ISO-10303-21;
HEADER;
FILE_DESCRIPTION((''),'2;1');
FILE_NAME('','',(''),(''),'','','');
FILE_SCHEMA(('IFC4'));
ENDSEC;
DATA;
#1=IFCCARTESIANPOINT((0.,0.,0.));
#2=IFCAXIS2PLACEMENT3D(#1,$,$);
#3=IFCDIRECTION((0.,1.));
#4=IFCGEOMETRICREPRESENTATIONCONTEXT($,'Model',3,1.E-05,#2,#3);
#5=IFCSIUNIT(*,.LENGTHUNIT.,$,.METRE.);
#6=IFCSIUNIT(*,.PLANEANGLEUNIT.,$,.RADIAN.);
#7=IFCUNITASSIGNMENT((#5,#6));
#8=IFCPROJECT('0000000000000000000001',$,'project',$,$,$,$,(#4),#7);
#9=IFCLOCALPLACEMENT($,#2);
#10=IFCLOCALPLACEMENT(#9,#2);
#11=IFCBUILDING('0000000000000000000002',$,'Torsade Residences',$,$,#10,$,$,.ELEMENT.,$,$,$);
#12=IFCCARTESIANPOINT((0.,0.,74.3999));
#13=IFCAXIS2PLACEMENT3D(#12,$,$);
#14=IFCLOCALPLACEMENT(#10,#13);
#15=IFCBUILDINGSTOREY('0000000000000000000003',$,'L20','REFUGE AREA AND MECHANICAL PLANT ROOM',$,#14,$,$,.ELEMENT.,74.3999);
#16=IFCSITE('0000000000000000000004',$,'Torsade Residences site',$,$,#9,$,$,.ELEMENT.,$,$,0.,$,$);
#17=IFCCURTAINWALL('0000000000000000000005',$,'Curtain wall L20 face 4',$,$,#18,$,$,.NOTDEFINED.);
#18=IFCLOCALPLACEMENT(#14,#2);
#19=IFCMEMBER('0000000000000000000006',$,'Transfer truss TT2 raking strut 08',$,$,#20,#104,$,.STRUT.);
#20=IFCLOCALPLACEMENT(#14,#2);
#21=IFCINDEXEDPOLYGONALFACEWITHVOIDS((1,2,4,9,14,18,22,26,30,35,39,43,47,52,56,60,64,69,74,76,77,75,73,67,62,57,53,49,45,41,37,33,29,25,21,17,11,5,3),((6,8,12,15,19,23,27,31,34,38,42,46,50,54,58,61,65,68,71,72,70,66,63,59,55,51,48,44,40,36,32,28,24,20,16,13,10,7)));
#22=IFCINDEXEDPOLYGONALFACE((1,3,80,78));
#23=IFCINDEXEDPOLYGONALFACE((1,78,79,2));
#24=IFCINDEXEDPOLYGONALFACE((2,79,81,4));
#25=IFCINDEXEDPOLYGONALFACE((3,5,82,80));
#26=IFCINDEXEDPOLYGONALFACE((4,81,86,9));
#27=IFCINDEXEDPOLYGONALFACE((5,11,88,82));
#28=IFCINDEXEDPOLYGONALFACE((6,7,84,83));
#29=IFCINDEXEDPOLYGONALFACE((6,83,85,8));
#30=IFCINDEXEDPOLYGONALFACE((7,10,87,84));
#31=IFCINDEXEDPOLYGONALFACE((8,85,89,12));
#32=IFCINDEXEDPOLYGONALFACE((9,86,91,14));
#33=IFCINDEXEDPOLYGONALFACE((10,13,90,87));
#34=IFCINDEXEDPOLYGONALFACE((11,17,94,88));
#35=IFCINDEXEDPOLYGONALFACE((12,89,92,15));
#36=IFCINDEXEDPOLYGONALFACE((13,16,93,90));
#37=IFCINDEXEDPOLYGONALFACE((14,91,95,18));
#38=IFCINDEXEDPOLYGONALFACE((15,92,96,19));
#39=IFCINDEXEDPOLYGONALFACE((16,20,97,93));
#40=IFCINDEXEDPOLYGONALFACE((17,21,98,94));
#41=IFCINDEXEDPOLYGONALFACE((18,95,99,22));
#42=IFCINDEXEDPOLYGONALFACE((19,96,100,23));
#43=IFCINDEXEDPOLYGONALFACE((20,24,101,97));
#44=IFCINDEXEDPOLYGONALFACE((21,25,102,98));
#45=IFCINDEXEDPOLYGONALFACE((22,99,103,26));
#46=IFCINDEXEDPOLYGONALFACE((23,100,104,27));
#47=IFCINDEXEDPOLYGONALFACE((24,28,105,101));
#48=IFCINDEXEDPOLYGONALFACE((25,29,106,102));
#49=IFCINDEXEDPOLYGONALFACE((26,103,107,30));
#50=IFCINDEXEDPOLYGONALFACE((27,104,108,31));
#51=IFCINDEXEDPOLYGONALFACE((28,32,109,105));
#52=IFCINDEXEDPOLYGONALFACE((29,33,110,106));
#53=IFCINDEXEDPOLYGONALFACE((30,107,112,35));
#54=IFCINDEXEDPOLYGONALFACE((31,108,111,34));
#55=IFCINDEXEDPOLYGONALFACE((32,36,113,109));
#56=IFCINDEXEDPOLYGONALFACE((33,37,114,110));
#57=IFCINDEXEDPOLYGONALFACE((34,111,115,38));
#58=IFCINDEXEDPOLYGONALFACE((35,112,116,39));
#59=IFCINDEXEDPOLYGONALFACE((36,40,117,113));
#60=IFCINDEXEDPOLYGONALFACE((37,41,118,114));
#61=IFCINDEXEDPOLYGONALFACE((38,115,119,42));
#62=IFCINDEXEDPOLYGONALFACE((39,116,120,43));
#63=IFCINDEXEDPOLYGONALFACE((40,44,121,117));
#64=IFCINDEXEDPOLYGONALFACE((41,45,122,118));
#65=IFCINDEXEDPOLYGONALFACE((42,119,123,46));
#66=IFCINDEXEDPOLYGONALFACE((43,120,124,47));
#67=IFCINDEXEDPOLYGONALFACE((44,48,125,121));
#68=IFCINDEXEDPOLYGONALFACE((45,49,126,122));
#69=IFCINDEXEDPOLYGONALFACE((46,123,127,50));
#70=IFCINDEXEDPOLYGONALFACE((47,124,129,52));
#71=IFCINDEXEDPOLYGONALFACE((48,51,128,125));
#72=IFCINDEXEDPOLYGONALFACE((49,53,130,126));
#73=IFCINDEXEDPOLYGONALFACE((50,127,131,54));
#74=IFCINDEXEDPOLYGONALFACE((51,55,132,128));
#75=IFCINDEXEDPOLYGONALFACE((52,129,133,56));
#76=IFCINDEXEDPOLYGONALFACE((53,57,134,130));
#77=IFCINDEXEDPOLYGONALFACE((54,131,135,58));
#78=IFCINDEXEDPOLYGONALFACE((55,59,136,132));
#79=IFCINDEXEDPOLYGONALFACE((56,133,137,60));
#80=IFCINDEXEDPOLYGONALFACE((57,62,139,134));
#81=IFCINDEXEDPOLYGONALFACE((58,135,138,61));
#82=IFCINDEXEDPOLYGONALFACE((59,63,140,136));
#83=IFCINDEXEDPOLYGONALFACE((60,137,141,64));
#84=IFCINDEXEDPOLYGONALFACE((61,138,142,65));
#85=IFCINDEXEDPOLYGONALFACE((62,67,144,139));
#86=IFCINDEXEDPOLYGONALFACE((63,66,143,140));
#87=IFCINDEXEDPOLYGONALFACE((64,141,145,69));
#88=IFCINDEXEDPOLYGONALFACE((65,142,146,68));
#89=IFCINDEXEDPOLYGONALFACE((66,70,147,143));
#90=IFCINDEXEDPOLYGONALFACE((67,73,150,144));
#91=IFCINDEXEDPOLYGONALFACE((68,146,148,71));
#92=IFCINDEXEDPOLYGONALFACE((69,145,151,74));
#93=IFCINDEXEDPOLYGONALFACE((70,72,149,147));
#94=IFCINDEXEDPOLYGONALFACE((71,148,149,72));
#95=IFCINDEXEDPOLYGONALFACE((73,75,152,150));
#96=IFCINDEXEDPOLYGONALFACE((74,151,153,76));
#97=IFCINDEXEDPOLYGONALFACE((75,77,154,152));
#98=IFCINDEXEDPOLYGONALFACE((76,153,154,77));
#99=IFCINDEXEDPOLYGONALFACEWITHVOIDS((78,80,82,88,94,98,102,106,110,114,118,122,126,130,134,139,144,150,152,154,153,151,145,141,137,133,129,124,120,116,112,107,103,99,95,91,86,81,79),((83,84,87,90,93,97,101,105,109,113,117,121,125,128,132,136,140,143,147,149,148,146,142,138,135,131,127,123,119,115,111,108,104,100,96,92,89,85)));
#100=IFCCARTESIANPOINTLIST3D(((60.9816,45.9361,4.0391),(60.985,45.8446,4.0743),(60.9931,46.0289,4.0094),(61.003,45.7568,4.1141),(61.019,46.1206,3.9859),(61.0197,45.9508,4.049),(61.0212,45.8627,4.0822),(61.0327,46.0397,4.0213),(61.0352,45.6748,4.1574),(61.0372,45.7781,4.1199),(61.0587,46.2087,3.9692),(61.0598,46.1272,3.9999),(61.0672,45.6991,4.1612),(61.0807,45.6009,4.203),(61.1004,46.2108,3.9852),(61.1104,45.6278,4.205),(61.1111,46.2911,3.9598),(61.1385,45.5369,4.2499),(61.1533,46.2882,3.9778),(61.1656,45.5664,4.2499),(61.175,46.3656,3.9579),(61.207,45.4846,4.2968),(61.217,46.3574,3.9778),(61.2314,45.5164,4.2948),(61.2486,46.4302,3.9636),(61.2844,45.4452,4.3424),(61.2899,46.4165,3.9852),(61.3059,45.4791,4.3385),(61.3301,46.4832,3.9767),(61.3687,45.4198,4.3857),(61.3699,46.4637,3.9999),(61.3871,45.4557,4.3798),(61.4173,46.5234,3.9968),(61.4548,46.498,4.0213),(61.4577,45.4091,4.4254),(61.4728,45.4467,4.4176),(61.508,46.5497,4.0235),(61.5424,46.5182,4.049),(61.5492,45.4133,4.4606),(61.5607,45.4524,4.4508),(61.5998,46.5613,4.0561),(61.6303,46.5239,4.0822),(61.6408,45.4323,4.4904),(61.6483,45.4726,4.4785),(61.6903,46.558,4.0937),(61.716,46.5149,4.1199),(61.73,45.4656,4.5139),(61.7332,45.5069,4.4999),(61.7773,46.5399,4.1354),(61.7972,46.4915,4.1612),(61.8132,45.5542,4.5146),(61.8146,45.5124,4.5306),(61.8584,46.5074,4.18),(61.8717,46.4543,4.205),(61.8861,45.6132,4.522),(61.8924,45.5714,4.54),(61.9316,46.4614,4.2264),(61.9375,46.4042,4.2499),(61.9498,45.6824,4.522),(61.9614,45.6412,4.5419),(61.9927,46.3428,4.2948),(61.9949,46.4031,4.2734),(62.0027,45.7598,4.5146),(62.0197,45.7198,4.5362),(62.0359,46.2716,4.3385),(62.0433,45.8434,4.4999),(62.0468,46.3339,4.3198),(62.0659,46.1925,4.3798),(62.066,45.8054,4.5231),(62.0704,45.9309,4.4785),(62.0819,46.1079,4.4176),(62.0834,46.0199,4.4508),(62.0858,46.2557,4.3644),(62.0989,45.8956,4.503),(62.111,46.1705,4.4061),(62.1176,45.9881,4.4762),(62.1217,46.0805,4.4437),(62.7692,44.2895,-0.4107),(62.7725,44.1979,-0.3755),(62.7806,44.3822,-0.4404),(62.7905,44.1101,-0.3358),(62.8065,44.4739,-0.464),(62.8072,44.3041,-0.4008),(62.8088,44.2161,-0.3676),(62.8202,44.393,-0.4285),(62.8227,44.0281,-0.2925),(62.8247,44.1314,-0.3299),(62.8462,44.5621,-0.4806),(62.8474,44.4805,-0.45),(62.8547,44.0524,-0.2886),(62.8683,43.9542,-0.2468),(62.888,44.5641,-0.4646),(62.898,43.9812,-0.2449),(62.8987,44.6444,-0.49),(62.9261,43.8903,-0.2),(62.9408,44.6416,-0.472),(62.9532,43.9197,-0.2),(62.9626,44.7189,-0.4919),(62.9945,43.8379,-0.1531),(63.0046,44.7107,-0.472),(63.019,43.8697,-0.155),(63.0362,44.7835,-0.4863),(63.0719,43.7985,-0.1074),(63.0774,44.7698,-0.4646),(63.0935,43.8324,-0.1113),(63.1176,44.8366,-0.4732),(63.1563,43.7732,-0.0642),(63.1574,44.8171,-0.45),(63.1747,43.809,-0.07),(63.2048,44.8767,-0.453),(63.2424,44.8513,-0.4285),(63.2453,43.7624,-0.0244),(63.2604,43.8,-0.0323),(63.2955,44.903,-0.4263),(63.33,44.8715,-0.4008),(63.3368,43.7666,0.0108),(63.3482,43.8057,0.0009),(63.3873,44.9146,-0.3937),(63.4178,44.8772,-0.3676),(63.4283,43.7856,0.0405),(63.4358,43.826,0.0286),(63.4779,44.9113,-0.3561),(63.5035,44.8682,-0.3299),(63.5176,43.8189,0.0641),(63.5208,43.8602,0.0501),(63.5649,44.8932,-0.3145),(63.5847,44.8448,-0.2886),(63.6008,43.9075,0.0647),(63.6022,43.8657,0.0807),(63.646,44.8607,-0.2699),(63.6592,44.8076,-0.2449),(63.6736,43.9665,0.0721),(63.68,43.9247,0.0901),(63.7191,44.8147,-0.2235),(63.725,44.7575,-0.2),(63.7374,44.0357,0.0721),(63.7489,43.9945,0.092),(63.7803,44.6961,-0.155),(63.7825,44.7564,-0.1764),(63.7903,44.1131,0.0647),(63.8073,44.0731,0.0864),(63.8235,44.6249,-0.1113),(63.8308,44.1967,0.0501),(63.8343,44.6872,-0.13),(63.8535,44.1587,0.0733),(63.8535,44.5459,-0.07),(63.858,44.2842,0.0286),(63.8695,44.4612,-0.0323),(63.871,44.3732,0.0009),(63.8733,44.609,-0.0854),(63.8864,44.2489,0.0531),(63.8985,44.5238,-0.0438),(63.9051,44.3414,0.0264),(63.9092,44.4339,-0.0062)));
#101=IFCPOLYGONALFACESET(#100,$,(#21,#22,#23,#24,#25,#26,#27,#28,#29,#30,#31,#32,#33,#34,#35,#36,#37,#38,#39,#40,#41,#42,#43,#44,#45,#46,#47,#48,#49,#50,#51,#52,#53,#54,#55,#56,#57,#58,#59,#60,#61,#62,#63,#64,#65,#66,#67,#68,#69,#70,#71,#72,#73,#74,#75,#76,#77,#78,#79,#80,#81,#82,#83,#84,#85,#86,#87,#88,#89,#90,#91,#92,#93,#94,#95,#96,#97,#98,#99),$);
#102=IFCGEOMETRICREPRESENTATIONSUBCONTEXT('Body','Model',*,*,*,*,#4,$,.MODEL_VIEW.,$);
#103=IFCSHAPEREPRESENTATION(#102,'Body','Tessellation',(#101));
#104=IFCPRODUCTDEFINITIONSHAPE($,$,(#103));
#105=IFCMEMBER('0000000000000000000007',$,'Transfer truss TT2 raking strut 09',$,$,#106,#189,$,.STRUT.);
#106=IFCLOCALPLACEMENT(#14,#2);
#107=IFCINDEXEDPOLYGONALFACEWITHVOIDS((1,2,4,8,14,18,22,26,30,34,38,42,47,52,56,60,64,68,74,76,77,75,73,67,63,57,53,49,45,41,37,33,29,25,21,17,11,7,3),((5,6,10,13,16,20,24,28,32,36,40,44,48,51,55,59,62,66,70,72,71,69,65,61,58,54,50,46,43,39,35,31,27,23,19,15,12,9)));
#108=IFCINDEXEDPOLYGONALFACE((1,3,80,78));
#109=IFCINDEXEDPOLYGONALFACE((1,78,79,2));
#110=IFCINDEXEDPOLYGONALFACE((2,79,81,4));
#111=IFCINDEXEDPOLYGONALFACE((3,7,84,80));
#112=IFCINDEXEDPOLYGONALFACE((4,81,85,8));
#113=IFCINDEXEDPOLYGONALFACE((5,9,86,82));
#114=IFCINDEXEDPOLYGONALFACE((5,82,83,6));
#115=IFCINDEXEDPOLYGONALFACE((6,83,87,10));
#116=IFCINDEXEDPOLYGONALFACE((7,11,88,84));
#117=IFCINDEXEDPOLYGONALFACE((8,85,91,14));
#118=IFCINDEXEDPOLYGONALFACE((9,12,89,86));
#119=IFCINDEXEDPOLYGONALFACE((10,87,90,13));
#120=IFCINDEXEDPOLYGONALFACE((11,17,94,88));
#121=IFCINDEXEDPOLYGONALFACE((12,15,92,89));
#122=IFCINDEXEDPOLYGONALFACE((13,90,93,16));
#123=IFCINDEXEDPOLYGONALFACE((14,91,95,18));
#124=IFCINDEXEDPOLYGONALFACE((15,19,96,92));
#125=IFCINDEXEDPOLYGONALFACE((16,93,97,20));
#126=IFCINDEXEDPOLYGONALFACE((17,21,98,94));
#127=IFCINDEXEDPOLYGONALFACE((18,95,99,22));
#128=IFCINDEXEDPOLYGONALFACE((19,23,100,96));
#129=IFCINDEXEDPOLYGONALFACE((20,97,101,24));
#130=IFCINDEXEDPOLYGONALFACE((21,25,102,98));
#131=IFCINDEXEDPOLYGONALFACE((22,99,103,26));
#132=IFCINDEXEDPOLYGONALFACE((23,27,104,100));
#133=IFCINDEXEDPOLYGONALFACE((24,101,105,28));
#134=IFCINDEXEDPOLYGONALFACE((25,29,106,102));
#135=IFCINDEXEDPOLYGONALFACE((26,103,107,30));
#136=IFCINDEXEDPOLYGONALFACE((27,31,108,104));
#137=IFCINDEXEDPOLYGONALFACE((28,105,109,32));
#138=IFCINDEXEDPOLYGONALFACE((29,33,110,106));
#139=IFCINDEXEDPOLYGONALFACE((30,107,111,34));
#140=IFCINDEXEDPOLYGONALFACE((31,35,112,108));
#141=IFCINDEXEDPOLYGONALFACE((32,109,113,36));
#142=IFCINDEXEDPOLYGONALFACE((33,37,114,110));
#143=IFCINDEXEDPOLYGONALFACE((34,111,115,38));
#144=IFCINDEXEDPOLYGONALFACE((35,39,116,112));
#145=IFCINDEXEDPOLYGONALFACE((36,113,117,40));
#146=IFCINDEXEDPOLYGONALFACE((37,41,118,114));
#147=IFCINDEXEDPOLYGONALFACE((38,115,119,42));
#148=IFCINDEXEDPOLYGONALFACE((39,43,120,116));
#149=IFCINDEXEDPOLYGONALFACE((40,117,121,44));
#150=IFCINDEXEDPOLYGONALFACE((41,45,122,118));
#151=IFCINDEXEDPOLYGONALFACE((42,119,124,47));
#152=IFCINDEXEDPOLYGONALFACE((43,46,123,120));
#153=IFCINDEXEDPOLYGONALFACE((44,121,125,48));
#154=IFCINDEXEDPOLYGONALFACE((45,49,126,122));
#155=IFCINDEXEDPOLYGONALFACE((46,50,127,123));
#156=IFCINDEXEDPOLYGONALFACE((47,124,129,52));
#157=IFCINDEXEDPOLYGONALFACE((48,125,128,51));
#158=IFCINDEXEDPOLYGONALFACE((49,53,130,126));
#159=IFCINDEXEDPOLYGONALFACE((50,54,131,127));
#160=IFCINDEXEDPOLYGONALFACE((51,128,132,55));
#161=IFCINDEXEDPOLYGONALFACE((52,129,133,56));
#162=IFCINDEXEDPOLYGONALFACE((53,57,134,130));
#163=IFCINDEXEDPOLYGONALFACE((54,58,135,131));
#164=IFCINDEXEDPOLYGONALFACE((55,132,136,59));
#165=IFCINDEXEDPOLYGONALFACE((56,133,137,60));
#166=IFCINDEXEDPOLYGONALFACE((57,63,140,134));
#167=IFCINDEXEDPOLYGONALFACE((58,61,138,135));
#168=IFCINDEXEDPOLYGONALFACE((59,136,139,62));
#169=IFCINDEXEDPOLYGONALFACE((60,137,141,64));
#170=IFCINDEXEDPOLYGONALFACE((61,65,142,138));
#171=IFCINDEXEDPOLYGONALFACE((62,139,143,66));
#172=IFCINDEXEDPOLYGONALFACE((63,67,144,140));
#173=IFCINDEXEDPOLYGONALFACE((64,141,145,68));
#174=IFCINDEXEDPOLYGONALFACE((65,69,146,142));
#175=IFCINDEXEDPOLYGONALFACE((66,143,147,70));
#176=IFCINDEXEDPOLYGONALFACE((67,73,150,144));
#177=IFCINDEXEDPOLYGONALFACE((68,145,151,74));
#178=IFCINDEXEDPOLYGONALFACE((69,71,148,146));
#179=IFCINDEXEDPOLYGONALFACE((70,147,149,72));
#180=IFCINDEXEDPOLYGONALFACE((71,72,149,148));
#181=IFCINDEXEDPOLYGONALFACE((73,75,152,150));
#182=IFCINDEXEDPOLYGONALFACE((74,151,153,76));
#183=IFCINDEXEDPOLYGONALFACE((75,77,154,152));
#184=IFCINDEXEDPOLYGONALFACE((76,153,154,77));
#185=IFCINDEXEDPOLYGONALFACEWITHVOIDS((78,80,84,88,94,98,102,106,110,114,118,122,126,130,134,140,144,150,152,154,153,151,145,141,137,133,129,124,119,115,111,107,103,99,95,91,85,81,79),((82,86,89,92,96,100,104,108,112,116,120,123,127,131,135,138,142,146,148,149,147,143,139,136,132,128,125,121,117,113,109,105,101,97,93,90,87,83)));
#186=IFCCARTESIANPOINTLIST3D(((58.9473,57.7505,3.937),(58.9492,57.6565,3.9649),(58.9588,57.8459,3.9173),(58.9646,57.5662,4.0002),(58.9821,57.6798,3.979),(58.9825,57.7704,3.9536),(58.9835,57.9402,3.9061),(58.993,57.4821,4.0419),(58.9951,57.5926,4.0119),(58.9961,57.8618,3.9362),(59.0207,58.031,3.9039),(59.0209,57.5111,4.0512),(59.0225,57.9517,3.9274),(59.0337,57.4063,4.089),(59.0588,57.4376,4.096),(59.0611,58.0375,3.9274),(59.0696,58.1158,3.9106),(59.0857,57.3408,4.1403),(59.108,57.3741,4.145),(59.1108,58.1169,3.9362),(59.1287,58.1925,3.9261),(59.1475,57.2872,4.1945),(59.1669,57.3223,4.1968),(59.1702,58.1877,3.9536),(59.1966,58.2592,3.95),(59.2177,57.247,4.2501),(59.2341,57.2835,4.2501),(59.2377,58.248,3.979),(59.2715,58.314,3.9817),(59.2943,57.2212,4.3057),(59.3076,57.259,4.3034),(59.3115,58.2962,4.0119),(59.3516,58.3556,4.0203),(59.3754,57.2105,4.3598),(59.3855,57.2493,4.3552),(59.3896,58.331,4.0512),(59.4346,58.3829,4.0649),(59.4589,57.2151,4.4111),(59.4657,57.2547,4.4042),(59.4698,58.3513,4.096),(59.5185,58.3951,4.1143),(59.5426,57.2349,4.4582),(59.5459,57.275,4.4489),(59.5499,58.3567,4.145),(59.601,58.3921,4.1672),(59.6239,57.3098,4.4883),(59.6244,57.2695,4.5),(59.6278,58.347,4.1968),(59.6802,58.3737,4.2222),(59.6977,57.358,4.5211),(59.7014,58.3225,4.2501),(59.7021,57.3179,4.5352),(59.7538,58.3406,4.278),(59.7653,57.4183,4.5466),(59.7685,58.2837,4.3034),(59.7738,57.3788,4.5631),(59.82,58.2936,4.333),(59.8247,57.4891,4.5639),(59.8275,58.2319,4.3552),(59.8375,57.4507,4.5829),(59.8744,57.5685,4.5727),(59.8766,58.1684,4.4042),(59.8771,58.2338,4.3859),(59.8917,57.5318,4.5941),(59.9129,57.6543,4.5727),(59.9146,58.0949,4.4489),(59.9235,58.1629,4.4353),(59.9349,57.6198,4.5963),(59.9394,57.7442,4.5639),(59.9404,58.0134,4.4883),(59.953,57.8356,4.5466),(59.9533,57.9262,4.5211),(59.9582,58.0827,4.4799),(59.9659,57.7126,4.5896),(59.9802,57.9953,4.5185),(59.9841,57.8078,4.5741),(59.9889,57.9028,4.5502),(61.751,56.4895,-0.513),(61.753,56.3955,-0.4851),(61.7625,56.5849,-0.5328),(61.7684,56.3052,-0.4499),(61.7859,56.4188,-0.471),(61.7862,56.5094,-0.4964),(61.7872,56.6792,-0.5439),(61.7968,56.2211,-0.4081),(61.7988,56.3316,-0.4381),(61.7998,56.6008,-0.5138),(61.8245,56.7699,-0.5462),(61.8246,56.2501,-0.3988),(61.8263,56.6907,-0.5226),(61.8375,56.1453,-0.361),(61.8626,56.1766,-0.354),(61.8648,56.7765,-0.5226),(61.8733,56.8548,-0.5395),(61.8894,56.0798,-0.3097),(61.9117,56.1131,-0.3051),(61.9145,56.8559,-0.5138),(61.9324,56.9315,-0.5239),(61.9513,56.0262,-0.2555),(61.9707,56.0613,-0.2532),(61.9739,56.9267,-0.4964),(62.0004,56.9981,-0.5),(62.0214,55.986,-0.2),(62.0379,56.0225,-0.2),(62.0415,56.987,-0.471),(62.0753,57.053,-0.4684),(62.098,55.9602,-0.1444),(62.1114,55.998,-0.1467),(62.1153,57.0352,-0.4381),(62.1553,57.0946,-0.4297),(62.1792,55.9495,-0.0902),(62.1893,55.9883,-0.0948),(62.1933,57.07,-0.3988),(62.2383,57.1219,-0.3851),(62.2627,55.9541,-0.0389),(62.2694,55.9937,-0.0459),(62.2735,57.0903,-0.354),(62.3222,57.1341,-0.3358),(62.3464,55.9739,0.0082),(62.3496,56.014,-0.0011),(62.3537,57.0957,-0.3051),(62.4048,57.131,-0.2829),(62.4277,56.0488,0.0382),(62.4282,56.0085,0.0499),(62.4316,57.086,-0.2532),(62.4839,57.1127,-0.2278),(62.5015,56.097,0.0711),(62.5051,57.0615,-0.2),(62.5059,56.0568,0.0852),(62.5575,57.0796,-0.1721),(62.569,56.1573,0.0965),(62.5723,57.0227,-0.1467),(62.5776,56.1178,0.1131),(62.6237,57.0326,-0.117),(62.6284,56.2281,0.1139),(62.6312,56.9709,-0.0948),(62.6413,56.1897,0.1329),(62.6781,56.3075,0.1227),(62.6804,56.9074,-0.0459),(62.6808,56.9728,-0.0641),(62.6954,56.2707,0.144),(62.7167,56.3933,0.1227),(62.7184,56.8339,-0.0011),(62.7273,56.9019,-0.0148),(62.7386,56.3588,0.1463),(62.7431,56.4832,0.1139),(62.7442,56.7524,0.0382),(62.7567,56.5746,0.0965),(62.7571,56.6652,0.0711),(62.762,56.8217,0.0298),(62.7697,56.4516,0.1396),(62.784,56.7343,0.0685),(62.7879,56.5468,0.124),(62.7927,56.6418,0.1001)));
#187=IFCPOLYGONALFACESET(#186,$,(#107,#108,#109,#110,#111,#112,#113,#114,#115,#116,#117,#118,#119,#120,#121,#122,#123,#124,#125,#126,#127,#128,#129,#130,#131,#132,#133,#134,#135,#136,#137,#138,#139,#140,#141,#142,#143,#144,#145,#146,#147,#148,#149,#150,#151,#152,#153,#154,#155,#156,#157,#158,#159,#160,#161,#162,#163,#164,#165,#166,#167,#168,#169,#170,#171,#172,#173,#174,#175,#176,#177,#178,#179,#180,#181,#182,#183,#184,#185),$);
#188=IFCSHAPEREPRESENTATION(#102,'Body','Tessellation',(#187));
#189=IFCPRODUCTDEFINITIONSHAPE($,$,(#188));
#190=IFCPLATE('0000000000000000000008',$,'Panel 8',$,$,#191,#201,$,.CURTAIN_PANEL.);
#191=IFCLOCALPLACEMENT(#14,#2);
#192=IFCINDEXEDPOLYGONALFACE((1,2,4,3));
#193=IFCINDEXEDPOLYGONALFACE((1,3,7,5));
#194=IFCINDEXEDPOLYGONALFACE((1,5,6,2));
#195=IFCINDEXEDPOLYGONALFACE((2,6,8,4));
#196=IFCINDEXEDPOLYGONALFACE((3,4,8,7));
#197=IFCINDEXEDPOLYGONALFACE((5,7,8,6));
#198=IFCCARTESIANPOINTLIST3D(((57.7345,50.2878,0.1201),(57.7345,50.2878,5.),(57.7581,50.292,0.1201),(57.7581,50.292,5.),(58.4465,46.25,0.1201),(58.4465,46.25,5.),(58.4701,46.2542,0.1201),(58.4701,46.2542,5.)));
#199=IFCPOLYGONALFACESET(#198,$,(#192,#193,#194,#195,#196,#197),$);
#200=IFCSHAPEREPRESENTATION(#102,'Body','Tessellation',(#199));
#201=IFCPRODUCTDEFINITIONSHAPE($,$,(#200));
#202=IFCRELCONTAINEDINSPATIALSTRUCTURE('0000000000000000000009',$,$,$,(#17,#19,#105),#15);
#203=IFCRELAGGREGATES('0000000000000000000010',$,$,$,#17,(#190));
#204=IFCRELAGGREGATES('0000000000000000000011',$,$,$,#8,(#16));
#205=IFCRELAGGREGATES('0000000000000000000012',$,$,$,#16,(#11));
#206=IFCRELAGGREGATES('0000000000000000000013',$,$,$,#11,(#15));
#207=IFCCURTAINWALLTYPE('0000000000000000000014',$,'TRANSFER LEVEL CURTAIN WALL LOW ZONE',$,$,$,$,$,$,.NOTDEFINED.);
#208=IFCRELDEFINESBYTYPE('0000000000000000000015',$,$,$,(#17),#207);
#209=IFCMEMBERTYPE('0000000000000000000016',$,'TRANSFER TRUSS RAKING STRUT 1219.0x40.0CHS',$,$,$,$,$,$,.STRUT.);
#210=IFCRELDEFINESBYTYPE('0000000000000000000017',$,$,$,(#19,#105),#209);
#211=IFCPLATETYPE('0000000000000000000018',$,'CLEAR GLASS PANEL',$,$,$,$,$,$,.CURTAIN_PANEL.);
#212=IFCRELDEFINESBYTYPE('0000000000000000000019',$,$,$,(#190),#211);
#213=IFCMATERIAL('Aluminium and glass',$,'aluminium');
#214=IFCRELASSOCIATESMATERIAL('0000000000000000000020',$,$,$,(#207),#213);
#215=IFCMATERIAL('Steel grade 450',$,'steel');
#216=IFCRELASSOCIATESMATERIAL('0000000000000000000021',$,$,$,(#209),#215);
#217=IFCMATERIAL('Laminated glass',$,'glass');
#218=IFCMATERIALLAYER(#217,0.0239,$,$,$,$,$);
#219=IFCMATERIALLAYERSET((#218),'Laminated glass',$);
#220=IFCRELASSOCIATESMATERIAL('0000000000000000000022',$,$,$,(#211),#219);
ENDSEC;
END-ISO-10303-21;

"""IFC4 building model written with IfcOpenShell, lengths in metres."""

from ifc_helpers import new_model, si_unit, direction, frame, origin, origin_2d, place, context, subcontext, project, spatial, rectangle, hollow_circle, extrude, material, layer, layer_set, material_profile, profile_set, type_object, element, aggregate, save


model = new_model("IFC4")

# Units and contexts
model_context = context("Model", 3, precision=1e-05, world=origin(), true_north=direction((0.0, 1.0)))
body_context = subcontext(model_context, "Body", "Model", "MODEL_VIEW")
ifc_project = project(units=[si_unit("LENGTHUNIT", "METRE"), si_unit("PLANEANGLEUNIT", "RADIAN")], contexts=[model_context])

# Site, building, storey
site_placement = place(None, origin())
site = spatial("IfcSite", under=ifc_project, at=site_placement, Name="Torsade Residences site", CompositionType="ELEMENT", RefElevation=0.0)
building_placement = place(site_placement, origin())
building = spatial("IfcBuilding", under=site, at=building_placement, Name="Torsade Residences", CompositionType="ELEMENT")
storey_placement = place(building_placement, frame((0.0, 0.0, 74.3999)))
storey = spatial("IfcBuildingStorey", under=building, at=storey_placement, Name="L20", Description="REFUGE AREA AND MECHANICAL PLANT ROOM", CompositionType="ELEMENT", Elevation=74.3999)

# Curtain wall
ifc_material_1 = material(Name="Aluminium and glass", Category="aluminium")
curtain_wall_type = type_object("IfcCurtainWallType", Name="TRANSFER LEVEL CURTAIN WALL LOW ZONE", PredefinedType="NOTDEFINED", material=ifc_material_1)
curtain_wall_1_placement = place(storey_placement, origin())
curtain_wall_1 = element("IfcCurtainWall", 1, at=curtain_wall_1_placement, inside=storey, type_object=curtain_wall_type, Name="Curtain wall L20 face 4", PredefinedType="NOTDEFINED")

# Members
ifc_material_2 = material(Name="Steel grade 450", Category="steel")
ifc_material_profile_1 = material_profile(ifc_material_2, hollow_circle(Radius=0.6096, WallThickness=0.04, at=origin_2d()), Name="1219.0x40.0CHS")
ifc_profile_set_1 = profile_set([ifc_material_profile_1], Name="Steel grade 450")
member_type_1 = type_object("IfcMemberType", Name="TRANSFER TRUSS RAKING STRUT 1219.0x40.0CHS", PredefinedType="STRUT", material=ifc_profile_set_1)
member_1_placement = place(storey_placement, frame((63.3391, 44.3386, -0.2), z_axis=(-0.352553, 0.324771, 0.877628), x_axis=(-0.677533, -0.735492, 0.0)))
element("IfcMember", 2, at=member_1_placement, inside=storey, type_object=member_type_1, Name="Transfer truss TT2 raking strut 08", PredefinedType="STRUT", context=body_context, shape_type="SweptSolid", body=[
    extrude(hollow_circle(Radius=0.6096, WallThickness=0.04, at=origin_2d()), origin(), (0.0, 0.0, 1.0), 5.0703),
])
member_2_placement = place(storey_placement, frame((62.2715, 56.542, -0.2), z_axis=(-0.51838, 0.233145, 0.822755), x_axis=(-0.41018, -0.912005, 0.0)))
element("IfcMember", 3, at=member_2_placement, inside=storey, type_object=member_type_1, Name="Transfer truss TT2 raking strut 09", PredefinedType="STRUT", context=body_context, shape_type="SweptSolid", body=[
    extrude(hollow_circle(Radius=0.6096, WallThickness=0.04, at=origin_2d()), origin(), (0.0, 0.0, 1.0), 5.4087),
])

# Plate
ifc_material_3 = material(Name="Laminated glass", Category="glass")
ifc_layer = layer(ifc_material_3, 0.0239)
ifc_layer_set = layer_set([ifc_layer], Name="Laminated glass")
plate_type = type_object("IfcPlateType", Name="CLEAR GLASS PANEL", PredefinedType="CURTAIN_PANEL", material=ifc_layer_set)
plate_1_placement = place(storey_placement, frame((58.1023, 48.271, 0.1201), z_axis=(0.0, 0.0, 1.0), x_axis=(-0.173648, 0.984808, 0.0)))
plate_1 = element("IfcPlate", 4, at=plate_1_placement, type_object=plate_type, Name="Panel 8", PredefinedType="CURTAIN_PANEL", context=body_context, shape_type="SweptSolid", body=[
    extrude(rectangle(XDim=4.1001, YDim=0.0239, at=origin_2d()), origin(), (0.0, 0.0, 1.0), 4.8799),
])
aggregate(curtain_wall_1, [plate_1])

save(model, "model.ifc")
